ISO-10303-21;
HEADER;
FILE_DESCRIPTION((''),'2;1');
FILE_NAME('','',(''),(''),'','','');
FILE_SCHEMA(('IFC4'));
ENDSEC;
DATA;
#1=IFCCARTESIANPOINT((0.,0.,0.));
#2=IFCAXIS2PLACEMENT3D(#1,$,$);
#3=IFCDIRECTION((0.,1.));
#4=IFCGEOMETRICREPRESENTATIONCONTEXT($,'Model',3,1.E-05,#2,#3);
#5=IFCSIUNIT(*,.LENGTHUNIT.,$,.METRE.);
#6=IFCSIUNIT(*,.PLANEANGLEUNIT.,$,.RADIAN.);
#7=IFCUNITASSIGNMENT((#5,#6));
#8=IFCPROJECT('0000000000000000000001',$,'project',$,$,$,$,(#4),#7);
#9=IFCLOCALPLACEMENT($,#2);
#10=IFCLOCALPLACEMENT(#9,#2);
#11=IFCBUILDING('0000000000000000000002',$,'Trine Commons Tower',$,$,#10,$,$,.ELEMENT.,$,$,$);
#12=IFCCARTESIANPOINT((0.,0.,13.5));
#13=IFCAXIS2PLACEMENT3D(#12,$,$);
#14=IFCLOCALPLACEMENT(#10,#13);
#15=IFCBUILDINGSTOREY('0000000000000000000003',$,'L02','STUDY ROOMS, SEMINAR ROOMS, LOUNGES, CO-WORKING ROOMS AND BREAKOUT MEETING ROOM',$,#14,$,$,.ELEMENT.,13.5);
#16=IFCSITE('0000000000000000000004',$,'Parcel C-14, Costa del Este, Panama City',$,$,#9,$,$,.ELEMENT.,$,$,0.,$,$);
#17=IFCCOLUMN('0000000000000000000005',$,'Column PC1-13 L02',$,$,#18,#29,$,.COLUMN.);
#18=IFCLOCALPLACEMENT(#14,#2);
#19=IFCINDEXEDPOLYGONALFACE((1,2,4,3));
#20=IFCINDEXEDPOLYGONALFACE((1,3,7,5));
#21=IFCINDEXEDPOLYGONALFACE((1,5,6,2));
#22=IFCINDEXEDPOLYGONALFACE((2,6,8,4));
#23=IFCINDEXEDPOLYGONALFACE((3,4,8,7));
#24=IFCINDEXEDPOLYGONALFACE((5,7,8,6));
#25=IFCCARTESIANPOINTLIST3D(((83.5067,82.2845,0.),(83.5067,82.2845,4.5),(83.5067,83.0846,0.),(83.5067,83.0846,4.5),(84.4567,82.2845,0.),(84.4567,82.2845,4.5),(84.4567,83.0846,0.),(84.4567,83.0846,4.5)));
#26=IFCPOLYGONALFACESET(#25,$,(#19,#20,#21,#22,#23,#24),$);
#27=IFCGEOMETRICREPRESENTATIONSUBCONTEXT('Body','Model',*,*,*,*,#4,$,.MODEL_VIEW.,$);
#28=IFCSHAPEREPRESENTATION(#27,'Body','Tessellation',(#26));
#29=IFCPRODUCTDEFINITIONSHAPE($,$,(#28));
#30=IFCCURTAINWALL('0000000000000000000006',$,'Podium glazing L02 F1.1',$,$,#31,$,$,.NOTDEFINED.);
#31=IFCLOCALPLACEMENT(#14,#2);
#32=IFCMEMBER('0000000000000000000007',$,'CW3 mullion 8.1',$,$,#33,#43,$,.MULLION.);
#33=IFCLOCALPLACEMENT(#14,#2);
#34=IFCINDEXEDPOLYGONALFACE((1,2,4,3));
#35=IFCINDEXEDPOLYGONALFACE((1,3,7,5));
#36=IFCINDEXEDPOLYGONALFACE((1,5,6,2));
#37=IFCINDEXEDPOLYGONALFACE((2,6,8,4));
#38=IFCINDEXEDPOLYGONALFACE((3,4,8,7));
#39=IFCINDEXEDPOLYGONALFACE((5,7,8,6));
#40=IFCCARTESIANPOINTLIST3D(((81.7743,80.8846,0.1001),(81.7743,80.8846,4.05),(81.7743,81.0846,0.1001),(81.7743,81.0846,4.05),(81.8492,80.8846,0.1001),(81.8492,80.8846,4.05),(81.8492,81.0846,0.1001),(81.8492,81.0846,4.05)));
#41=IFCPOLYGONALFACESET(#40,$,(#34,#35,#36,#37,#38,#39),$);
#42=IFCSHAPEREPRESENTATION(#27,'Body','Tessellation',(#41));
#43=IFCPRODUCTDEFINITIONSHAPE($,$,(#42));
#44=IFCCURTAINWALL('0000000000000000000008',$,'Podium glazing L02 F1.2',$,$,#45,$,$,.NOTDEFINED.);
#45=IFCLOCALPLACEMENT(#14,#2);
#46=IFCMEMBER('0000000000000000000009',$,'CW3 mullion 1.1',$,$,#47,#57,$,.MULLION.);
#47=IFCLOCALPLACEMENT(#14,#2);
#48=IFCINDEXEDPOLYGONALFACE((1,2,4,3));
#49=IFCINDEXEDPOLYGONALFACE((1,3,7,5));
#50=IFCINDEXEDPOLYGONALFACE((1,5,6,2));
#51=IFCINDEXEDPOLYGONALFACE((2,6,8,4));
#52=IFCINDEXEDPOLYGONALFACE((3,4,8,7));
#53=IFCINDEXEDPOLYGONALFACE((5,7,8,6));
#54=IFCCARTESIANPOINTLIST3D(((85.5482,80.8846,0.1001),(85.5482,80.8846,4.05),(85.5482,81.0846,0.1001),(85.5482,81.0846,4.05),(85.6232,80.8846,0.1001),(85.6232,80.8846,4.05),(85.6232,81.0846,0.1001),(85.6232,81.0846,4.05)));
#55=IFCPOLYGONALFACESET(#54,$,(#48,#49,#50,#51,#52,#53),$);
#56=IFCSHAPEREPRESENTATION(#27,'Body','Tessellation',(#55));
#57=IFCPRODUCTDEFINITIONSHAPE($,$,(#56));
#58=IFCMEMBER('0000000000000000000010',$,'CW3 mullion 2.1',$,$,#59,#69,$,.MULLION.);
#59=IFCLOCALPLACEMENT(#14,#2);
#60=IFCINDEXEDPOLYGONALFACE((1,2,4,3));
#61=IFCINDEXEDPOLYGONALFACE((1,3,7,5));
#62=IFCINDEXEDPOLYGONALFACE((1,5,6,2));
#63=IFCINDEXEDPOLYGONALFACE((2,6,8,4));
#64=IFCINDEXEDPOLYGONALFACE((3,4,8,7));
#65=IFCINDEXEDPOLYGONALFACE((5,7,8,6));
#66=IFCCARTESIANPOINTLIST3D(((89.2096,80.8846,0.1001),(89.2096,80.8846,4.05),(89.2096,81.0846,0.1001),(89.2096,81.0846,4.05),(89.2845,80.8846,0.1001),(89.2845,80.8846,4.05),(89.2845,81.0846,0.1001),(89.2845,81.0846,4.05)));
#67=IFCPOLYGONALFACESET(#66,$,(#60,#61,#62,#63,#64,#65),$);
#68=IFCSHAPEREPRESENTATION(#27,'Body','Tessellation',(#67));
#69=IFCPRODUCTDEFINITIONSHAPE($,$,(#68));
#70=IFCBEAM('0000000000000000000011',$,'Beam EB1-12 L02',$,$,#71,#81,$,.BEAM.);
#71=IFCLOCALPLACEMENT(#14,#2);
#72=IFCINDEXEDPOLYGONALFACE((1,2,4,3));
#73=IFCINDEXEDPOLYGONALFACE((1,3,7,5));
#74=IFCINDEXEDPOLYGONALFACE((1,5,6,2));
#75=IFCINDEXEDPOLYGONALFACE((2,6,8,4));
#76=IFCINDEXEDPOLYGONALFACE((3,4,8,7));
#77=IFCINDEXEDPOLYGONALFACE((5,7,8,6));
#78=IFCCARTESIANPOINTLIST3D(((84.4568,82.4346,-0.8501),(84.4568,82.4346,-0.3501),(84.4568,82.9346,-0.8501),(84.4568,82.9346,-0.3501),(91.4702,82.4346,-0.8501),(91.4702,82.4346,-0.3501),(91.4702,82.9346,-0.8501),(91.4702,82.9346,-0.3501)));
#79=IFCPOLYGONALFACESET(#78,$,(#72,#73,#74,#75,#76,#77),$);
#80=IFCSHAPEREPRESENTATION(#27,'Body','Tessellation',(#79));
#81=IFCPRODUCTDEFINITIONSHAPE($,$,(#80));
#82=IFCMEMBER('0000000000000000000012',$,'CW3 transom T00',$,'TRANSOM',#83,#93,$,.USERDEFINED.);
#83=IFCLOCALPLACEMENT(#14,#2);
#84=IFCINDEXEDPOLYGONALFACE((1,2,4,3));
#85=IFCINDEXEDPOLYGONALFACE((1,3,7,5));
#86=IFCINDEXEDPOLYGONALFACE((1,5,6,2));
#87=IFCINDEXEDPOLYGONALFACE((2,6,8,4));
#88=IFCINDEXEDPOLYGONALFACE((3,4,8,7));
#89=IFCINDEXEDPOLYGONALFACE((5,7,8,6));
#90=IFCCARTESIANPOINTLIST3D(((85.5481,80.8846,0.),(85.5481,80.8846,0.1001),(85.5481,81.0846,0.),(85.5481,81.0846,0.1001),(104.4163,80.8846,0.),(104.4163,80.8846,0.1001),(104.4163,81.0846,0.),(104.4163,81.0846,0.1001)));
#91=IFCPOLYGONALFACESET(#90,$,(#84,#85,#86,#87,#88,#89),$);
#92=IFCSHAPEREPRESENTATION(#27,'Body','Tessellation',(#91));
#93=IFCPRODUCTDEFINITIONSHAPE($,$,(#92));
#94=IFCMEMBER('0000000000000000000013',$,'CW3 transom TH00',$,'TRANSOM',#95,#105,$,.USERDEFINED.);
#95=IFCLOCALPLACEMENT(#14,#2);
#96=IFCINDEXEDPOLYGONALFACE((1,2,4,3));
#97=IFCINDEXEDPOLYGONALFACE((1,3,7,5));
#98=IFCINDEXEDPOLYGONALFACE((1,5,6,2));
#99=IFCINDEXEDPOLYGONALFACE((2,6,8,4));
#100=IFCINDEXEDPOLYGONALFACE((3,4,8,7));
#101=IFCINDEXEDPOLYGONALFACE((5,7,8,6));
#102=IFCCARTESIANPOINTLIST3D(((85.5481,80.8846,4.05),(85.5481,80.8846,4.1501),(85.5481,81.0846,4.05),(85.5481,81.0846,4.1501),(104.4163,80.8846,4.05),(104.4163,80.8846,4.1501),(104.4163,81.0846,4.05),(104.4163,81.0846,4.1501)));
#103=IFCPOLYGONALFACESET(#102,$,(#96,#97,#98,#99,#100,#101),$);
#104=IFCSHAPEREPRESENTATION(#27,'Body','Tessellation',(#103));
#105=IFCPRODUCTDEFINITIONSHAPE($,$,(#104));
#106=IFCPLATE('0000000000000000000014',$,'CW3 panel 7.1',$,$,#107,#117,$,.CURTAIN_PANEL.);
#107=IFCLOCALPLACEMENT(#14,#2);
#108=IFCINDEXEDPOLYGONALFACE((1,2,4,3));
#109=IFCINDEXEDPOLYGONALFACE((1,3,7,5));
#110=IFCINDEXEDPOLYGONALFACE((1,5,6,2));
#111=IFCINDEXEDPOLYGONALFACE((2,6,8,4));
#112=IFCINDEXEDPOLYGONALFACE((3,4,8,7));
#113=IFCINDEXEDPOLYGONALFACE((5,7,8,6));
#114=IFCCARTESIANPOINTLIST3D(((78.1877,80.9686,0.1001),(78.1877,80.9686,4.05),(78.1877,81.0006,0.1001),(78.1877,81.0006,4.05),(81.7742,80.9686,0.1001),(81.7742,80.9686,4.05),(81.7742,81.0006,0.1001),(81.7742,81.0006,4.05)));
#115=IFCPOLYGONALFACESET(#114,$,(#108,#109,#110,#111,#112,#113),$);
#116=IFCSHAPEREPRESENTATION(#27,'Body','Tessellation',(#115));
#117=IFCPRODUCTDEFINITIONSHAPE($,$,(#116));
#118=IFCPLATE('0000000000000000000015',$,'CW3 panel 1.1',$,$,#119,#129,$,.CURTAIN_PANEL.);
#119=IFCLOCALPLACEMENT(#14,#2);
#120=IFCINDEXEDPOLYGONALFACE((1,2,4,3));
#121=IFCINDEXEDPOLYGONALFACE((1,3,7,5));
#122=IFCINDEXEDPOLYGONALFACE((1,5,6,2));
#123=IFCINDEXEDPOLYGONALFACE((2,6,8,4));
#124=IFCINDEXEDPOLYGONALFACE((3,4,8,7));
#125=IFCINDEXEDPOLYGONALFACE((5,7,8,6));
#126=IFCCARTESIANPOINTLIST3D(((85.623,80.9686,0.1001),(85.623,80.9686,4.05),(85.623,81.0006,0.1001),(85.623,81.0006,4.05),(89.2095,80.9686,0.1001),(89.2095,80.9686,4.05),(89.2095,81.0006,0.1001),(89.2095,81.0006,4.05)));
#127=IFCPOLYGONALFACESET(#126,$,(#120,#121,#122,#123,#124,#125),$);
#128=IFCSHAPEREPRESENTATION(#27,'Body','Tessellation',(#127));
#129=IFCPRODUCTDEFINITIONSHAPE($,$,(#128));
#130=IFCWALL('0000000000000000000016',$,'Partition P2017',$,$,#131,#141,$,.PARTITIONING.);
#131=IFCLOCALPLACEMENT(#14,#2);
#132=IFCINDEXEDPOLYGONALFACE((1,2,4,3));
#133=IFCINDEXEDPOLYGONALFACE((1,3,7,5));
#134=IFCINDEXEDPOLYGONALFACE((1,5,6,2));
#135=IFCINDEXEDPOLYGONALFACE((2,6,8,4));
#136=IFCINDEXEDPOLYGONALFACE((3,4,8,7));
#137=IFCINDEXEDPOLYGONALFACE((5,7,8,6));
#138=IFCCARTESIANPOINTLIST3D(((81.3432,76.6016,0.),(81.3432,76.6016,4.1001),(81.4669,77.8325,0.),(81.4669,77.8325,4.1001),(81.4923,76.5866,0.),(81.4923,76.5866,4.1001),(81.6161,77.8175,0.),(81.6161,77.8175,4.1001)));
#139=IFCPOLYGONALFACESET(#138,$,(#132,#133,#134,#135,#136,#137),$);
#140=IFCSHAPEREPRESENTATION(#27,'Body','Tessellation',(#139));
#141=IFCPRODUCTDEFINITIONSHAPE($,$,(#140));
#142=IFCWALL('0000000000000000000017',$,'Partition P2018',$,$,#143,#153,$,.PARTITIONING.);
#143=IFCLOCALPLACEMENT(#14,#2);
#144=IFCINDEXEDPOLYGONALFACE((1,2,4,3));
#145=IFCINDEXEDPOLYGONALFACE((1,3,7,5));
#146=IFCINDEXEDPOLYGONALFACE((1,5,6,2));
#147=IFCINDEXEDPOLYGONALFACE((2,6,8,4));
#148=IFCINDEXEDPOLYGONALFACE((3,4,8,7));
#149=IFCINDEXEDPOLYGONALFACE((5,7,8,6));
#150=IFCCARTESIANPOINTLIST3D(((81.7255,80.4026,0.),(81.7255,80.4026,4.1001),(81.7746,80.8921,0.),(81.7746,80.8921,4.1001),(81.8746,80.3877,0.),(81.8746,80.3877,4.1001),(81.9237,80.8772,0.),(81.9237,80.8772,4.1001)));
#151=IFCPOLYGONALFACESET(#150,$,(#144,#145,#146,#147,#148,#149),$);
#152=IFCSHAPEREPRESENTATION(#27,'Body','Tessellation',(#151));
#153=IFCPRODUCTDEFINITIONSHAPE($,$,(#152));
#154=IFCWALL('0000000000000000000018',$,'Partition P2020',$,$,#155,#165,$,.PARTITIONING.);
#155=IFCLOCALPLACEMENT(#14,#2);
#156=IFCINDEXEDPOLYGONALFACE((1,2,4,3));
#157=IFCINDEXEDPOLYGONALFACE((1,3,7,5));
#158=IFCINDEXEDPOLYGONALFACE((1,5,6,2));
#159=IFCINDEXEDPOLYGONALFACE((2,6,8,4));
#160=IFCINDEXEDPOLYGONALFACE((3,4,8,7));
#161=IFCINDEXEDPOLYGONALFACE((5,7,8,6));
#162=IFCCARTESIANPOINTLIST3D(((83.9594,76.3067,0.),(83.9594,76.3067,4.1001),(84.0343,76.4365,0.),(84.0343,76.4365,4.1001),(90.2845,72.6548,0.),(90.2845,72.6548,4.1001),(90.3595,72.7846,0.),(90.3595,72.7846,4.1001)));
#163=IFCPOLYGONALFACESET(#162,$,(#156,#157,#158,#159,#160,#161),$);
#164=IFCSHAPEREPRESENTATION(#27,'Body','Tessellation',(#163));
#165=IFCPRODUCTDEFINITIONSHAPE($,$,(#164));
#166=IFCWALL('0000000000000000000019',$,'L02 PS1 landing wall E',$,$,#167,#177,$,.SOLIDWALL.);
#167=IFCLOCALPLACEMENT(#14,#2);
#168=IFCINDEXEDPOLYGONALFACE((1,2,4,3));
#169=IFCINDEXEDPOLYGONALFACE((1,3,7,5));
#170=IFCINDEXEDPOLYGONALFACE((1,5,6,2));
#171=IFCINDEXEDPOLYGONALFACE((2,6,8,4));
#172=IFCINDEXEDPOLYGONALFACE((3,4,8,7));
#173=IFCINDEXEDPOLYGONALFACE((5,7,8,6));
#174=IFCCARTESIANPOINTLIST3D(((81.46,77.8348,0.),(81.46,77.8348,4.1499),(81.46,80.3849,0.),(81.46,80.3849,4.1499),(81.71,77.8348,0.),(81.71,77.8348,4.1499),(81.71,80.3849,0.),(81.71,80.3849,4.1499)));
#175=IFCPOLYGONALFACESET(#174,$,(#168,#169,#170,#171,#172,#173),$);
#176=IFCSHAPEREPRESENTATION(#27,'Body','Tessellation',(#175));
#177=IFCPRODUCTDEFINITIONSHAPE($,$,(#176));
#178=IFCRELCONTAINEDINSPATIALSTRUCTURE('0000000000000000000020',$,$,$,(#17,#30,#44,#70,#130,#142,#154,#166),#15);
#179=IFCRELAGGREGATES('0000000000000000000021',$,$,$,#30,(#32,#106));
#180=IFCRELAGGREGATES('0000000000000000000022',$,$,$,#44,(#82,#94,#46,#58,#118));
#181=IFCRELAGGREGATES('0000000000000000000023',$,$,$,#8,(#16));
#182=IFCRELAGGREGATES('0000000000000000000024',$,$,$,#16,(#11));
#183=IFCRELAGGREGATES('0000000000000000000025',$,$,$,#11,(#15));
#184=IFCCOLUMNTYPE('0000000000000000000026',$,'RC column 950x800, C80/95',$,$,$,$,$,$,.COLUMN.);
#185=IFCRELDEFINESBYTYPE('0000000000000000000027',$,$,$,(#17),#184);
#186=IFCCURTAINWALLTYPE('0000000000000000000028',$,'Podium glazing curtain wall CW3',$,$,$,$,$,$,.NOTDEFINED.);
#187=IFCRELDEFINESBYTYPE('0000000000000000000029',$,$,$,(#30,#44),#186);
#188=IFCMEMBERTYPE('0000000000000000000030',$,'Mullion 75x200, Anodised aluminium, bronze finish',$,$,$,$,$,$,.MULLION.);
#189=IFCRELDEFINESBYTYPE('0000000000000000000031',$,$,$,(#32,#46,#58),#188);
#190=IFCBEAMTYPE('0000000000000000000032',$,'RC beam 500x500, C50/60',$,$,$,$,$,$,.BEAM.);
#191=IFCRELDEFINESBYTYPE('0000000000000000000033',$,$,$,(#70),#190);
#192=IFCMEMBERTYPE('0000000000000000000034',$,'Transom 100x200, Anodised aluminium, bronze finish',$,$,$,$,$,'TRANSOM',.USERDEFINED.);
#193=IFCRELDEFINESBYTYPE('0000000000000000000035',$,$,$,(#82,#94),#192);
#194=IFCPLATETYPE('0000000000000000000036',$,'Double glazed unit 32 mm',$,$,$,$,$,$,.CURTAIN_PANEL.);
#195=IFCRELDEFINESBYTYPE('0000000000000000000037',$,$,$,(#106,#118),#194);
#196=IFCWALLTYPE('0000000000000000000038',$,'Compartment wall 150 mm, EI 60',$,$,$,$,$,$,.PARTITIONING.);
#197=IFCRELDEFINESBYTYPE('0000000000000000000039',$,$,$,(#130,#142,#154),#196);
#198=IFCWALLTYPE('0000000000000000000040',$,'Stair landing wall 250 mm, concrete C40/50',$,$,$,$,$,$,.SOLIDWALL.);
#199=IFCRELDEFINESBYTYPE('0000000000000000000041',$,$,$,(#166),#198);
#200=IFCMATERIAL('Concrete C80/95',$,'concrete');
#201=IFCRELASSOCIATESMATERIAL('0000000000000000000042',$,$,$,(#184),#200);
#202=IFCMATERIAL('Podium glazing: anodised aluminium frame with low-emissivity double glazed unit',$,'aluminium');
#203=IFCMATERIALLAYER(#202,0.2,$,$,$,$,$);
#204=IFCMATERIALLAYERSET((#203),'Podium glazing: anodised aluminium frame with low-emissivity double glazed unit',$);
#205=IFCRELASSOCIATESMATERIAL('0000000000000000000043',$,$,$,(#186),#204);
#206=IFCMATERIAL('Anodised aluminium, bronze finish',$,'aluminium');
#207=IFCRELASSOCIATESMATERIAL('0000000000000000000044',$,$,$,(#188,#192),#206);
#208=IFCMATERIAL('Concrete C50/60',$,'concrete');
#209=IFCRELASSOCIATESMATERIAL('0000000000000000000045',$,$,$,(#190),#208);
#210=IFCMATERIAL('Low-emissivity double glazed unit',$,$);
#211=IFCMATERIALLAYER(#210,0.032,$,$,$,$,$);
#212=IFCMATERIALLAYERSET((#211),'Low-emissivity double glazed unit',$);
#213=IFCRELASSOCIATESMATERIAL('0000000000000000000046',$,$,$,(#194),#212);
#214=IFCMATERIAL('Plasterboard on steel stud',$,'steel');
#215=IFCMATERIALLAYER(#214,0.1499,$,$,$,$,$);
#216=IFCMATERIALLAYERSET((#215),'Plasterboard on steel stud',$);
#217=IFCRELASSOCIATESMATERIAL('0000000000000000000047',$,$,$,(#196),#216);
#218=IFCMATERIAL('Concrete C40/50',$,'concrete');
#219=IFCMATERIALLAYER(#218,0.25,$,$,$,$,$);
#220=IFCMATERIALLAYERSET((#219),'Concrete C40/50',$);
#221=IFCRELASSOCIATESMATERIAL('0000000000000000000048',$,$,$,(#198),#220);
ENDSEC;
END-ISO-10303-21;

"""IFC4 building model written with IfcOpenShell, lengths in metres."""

from ifc_helpers import new_model, si_unit, direction, frame, frame_2d, origin, origin_2d, place, context, subcontext, project, spatial, rectangle, extrude, material, layer, layer_set, material_profile, profile_set, type_object, element, aggregate, save


model = new_model("IFC4")

# Units and contexts
model_context = context("Model", 3, precision=1e-05, world=origin(), true_north=direction((0.0, 1.0)))
body_context = subcontext(model_context, "Body", "Model", "MODEL_VIEW")
ifc_project = project(units=[si_unit("LENGTHUNIT", "METRE"), si_unit("PLANEANGLEUNIT", "RADIAN")], contexts=[model_context])

# Site, building, storey
site_placement = place(None, origin())
site = spatial("IfcSite", under=ifc_project, at=site_placement, Name="Parcel C-14, Costa del Este, Panama City", CompositionType="ELEMENT", RefElevation=0.0)
building_placement = place(site_placement, origin())
building = spatial("IfcBuilding", under=site, at=building_placement, Name="Trine Commons Tower", CompositionType="ELEMENT")
storey_placement = place(building_placement, frame((0.0, 0.0, 13.5)))
storey = spatial("IfcBuildingStorey", under=building, at=storey_placement, Name="L02", Description="STUDY ROOMS, SEMINAR ROOMS, LOUNGES, CO-WORKING ROOMS AND BREAKOUT MEETING ROOM", CompositionType="ELEMENT", Elevation=13.5)

# Column
ifc_material_1 = material(Name="Concrete C80/95", Category="concrete")
ifc_material_profile_1 = material_profile(ifc_material_1, rectangle(XDim=0.95, YDim=0.8, at=origin_2d()), Name="RC 950x800")
ifc_profile_set_1 = profile_set([ifc_material_profile_1], Name="Concrete C80/95")
column_type = type_object("IfcColumnType", Name="RC column 950x800, C80/95", PredefinedType="COLUMN", material=ifc_profile_set_1)
column_placement = place(storey_placement, frame((83.9817, 82.6846, 0.0), z_axis=(0.0, 0.0, 1.0), x_axis=(1.0, 0.0, 0.0)))
element("IfcColumn", 1, at=column_placement, inside=storey, type_object=column_type, Name="Column PC1-13 L02", PredefinedType="COLUMN", context=body_context, shape_type="SweptSolid", body=[
    extrude(rectangle(XDim=0.95, YDim=0.8, at=origin_2d()), origin(), (0.0, 0.0, 1.0), 4.5),
])

# Curtain wall, member
ifc_material_2 = material(Name="Podium glazing: anodised aluminium frame with low-emissivity double glazed unit", Category="aluminium")
ifc_layer_1 = layer(ifc_material_2, 0.2)
ifc_layer_set_1 = layer_set([ifc_layer_1], Name="Podium glazing: anodised aluminium frame with low-emissivity double glazed unit")
curtain_wall_type = type_object("IfcCurtainWallType", Name="Podium glazing curtain wall CW3", PredefinedType="NOTDEFINED", material=ifc_layer_set_1)
curtain_wall_1_placement = place(storey_placement, origin())
curtain_wall_1 = element("IfcCurtainWall", 2, at=curtain_wall_1_placement, inside=storey, type_object=curtain_wall_type, Name="Podium glazing L02 F1.1", PredefinedType="NOTDEFINED")
ifc_material_3 = material(Name="Anodised aluminium, bronze finish", Category="aluminium")
ifc_material_profile_2 = material_profile(ifc_material_3, rectangle(XDim=0.2, YDim=0.075, at=origin_2d()), Name="Mullion 75x200")
ifc_profile_set_2 = profile_set([ifc_material_profile_2], Name="Anodised aluminium, bronze finish")
member_type_1 = type_object("IfcMemberType", Name="Mullion 75x200, Anodised aluminium, bronze finish", PredefinedType="MULLION", material=ifc_profile_set_2)
member_1_placement = place(storey_placement, frame((81.8118, 80.9846, 0.1001), z_axis=(0.0, 0.0, 1.0), x_axis=(0.0, 1.0, 0.0)))
member_1 = element("IfcMember", 3, at=member_1_placement, type_object=member_type_1, Name="CW3 mullion 8.1", PredefinedType="MULLION", context=body_context, shape_type="SweptSolid", body=[
    extrude(rectangle(XDim=0.2, YDim=0.075, at=origin_2d()), origin(), (0.0, 0.0, 1.0), 3.95),
])

# Curtain wall, members
curtain_wall_2_placement = place(storey_placement, origin())
curtain_wall_2 = element("IfcCurtainWall", 4, at=curtain_wall_2_placement, inside=storey, type_object=curtain_wall_type, Name="Podium glazing L02 F1.2", PredefinedType="NOTDEFINED")
member_2_placement = place(storey_placement, frame((85.5857, 80.9846, 0.1001), z_axis=(0.0, 0.0, 1.0), x_axis=(0.0, 1.0, 0.0)))
member_2 = element("IfcMember", 5, at=member_2_placement, type_object=member_type_1, Name="CW3 mullion 1.1", PredefinedType="MULLION", context=body_context, shape_type="SweptSolid", body=[
    extrude(rectangle(XDim=0.2, YDim=0.075, at=origin_2d()), origin(), (0.0, 0.0, 1.0), 3.95),
])
member_3_placement = place(storey_placement, frame((89.2471, 80.9846, 0.1001), z_axis=(0.0, 0.0, 1.0), x_axis=(0.0, 1.0, 0.0)))
member_3 = element("IfcMember", 6, at=member_3_placement, type_object=member_type_1, Name="CW3 mullion 2.1", PredefinedType="MULLION", context=body_context, shape_type="SweptSolid", body=[
    extrude(rectangle(XDim=0.2, YDim=0.075, at=origin_2d()), origin(), (0.0, 0.0, 1.0), 3.95),
])

# Beam
ifc_material_4 = material(Name="Concrete C50/60", Category="concrete")
ifc_material_profile_3 = material_profile(ifc_material_4, rectangle(XDim=0.5, YDim=0.5, at=origin_2d()), Name="RC 500x500")
ifc_profile_set_3 = profile_set([ifc_material_profile_3], Name="Concrete C50/60")
beam_type = type_object("IfcBeamType", Name="RC beam 500x500, C50/60", PredefinedType="BEAM", material=ifc_profile_set_3)
beam_placement = place(storey_placement, frame((84.4568, 82.6846, -0.6001), z_axis=(1.0, 0.0, 0.0), x_axis=(0.0, 1.0, 0.0)))
element("IfcBeam", 7, at=beam_placement, inside=storey, type_object=beam_type, Name="Beam EB1-12 L02", PredefinedType="BEAM", context=body_context, shape_type="SweptSolid", body=[
    extrude(rectangle(XDim=0.5, YDim=0.5, at=origin_2d()), origin(), (0.0, 0.0, 1.0), 7.0134),
])

# Members
ifc_material_profile_4 = material_profile(ifc_material_3, rectangle(XDim=0.2, YDim=0.1001, at=origin_2d()), Name="Transom 100x200")
ifc_profile_set_4 = profile_set([ifc_material_profile_4], Name="Anodised aluminium, bronze finish")
member_type_2 = type_object("IfcMemberType", Name="Transom 100x200, Anodised aluminium, bronze finish", ElementType="TRANSOM", PredefinedType="USERDEFINED", material=ifc_profile_set_4)
member_4_placement = place(storey_placement, frame((85.5481, 80.9846, 0.05), z_axis=(1.0, 0.0, 0.0), x_axis=(0.0, 1.0, 0.0)))
member_4 = element("IfcMember", 8, at=member_4_placement, type_object=member_type_2, Name="CW3 transom T00", ObjectType="TRANSOM", PredefinedType="USERDEFINED", context=body_context, shape_type="SweptSolid", body=[
    extrude(rectangle(XDim=0.2, YDim=0.1001, at=origin_2d()), origin(), (0.0, 0.0, 1.0), 18.8682),
])
member_5_placement = place(storey_placement, frame((85.5481, 80.9846, 4.1001), z_axis=(1.0, 0.0, 0.0), x_axis=(0.0, 1.0, 0.0)))
member_5 = element("IfcMember", 9, at=member_5_placement, type_object=member_type_2, Name="CW3 transom TH00", ObjectType="TRANSOM", PredefinedType="USERDEFINED", context=body_context, shape_type="SweptSolid", body=[
    extrude(rectangle(XDim=0.2, YDim=0.1001, at=origin_2d()), origin(), (0.0, 0.0, 1.0), 18.8682),
])

# Plates
ifc_material_5 = material(Name="Low-emissivity double glazed unit")
ifc_layer_2 = layer(ifc_material_5, 0.032)
ifc_layer_set_2 = layer_set([ifc_layer_2], Name="Low-emissivity double glazed unit")
plate_type = type_object("IfcPlateType", Name="Double glazed unit 32 mm", PredefinedType="CURTAIN_PANEL", material=ifc_layer_set_2)
plate_1_placement = place(storey_placement, frame((79.981, 80.9846, 0.1001), z_axis=(0.0, 0.0, 1.0), x_axis=(1.0, 0.0, 0.0)))
plate_1 = element("IfcPlate", 10, at=plate_1_placement, type_object=plate_type, Name="CW3 panel 7.1", PredefinedType="CURTAIN_PANEL", context=body_context, shape_type="SweptSolid", body=[
    extrude(rectangle(XDim=3.5864, YDim=0.032, at=origin_2d()), origin(), (0.0, 0.0, 1.0), 3.95),
])
aggregate(curtain_wall_1, [member_1, plate_1])
plate_2_placement = place(storey_placement, frame((87.4163, 80.9846, 0.1001), z_axis=(0.0, 0.0, 1.0), x_axis=(1.0, 0.0, 0.0)))
plate_2 = element("IfcPlate", 11, at=plate_2_placement, type_object=plate_type, Name="CW3 panel 1.1", PredefinedType="CURTAIN_PANEL", context=body_context, shape_type="SweptSolid", body=[
    extrude(rectangle(XDim=3.5864, YDim=0.032, at=origin_2d()), origin(), (0.0, 0.0, 1.0), 3.95),
])
aggregate(curtain_wall_2, [member_4, member_5, member_2, member_3, plate_2])

# Walls
ifc_material_6 = material(Name="Plasterboard on steel stud", Category="steel")
ifc_layer_3 = layer(ifc_material_6, 0.1499)
ifc_layer_set_3 = layer_set([ifc_layer_3], Name="Plasterboard on steel stud")
wall_type_1 = type_object("IfcWallType", Name="Compartment wall 150 mm, EI 60", PredefinedType="PARTITIONING", material=ifc_layer_set_3)
wall_1_placement = place(storey_placement, frame((81.4177, 76.594, 0.0), z_axis=(0.0, 0.0, 1.0), x_axis=(0.100051, 0.994982, 0.0)))
element("IfcWall", 12, at=wall_1_placement, inside=storey, type_object=wall_type_1, Name="Partition P2017", PredefinedType="PARTITIONING", context=body_context, shape_type="SweptSolid", body=[
    extrude(rectangle(XDim=1.2371, YDim=0.1499, at=frame_2d((0.6187, 0.0))), origin(), (0.0, 0.0, 1.0), 4.1001),
])
wall_2_placement = place(storey_placement, frame((81.8, 80.395, 0.0), z_axis=(0.0, 0.0, 1.0), x_axis=(0.099749, 0.995013, 0.0)))
element("IfcWall", 13, at=wall_2_placement, inside=storey, type_object=wall_type_1, Name="Partition P2018", PredefinedType="PARTITIONING", context=body_context, shape_type="SweptSolid", body=[
    extrude(rectangle(XDim=0.4919, YDim=0.1499, at=frame_2d((0.2461, 0.0))), origin(), (0.0, 0.0, 1.0), 4.1001),
])
wall_3_placement = place(storey_placement, frame((83.9968, 76.3716, 0.0), z_axis=(0.0, 0.0, 1.0), x_axis=(0.866025, -0.5, 0.0)))
element("IfcWall", 14, at=wall_3_placement, inside=storey, type_object=wall_type_1, Name="Partition P2020", PredefinedType="PARTITIONING", context=body_context, shape_type="SweptSolid", body=[
    extrude(rectangle(XDim=7.3037, YDim=0.1499, at=frame_2d((3.6519, 0.0))), origin(), (0.0, 0.0, 1.0), 4.1001),
])

# Wall
ifc_material_7 = material(Name="Concrete C40/50", Category="concrete")
ifc_layer_4 = layer(ifc_material_7, 0.25)
ifc_layer_set_4 = layer_set([ifc_layer_4], Name="Concrete C40/50")
wall_type_2 = type_object("IfcWallType", Name="Stair landing wall 250 mm, concrete C40/50", PredefinedType="SOLIDWALL", material=ifc_layer_set_4)
wall_4_placement = place(storey_placement, frame((81.585, 77.835, 0.0), z_axis=(0.0, 0.0, 1.0), x_axis=(0.0, 1.0, 0.0)))
element("IfcWall", 15, at=wall_4_placement, inside=storey, type_object=wall_type_2, Name="L02 PS1 landing wall E", PredefinedType="SOLIDWALL", context=body_context, shape_type="SweptSolid", body=[
    extrude(rectangle(XDim=2.55, YDim=0.25, at=frame_2d((1.2749, 0.0))), origin(), (0.0, 0.0, 1.0), 4.1499),
])

save(model, "model.ifc")
